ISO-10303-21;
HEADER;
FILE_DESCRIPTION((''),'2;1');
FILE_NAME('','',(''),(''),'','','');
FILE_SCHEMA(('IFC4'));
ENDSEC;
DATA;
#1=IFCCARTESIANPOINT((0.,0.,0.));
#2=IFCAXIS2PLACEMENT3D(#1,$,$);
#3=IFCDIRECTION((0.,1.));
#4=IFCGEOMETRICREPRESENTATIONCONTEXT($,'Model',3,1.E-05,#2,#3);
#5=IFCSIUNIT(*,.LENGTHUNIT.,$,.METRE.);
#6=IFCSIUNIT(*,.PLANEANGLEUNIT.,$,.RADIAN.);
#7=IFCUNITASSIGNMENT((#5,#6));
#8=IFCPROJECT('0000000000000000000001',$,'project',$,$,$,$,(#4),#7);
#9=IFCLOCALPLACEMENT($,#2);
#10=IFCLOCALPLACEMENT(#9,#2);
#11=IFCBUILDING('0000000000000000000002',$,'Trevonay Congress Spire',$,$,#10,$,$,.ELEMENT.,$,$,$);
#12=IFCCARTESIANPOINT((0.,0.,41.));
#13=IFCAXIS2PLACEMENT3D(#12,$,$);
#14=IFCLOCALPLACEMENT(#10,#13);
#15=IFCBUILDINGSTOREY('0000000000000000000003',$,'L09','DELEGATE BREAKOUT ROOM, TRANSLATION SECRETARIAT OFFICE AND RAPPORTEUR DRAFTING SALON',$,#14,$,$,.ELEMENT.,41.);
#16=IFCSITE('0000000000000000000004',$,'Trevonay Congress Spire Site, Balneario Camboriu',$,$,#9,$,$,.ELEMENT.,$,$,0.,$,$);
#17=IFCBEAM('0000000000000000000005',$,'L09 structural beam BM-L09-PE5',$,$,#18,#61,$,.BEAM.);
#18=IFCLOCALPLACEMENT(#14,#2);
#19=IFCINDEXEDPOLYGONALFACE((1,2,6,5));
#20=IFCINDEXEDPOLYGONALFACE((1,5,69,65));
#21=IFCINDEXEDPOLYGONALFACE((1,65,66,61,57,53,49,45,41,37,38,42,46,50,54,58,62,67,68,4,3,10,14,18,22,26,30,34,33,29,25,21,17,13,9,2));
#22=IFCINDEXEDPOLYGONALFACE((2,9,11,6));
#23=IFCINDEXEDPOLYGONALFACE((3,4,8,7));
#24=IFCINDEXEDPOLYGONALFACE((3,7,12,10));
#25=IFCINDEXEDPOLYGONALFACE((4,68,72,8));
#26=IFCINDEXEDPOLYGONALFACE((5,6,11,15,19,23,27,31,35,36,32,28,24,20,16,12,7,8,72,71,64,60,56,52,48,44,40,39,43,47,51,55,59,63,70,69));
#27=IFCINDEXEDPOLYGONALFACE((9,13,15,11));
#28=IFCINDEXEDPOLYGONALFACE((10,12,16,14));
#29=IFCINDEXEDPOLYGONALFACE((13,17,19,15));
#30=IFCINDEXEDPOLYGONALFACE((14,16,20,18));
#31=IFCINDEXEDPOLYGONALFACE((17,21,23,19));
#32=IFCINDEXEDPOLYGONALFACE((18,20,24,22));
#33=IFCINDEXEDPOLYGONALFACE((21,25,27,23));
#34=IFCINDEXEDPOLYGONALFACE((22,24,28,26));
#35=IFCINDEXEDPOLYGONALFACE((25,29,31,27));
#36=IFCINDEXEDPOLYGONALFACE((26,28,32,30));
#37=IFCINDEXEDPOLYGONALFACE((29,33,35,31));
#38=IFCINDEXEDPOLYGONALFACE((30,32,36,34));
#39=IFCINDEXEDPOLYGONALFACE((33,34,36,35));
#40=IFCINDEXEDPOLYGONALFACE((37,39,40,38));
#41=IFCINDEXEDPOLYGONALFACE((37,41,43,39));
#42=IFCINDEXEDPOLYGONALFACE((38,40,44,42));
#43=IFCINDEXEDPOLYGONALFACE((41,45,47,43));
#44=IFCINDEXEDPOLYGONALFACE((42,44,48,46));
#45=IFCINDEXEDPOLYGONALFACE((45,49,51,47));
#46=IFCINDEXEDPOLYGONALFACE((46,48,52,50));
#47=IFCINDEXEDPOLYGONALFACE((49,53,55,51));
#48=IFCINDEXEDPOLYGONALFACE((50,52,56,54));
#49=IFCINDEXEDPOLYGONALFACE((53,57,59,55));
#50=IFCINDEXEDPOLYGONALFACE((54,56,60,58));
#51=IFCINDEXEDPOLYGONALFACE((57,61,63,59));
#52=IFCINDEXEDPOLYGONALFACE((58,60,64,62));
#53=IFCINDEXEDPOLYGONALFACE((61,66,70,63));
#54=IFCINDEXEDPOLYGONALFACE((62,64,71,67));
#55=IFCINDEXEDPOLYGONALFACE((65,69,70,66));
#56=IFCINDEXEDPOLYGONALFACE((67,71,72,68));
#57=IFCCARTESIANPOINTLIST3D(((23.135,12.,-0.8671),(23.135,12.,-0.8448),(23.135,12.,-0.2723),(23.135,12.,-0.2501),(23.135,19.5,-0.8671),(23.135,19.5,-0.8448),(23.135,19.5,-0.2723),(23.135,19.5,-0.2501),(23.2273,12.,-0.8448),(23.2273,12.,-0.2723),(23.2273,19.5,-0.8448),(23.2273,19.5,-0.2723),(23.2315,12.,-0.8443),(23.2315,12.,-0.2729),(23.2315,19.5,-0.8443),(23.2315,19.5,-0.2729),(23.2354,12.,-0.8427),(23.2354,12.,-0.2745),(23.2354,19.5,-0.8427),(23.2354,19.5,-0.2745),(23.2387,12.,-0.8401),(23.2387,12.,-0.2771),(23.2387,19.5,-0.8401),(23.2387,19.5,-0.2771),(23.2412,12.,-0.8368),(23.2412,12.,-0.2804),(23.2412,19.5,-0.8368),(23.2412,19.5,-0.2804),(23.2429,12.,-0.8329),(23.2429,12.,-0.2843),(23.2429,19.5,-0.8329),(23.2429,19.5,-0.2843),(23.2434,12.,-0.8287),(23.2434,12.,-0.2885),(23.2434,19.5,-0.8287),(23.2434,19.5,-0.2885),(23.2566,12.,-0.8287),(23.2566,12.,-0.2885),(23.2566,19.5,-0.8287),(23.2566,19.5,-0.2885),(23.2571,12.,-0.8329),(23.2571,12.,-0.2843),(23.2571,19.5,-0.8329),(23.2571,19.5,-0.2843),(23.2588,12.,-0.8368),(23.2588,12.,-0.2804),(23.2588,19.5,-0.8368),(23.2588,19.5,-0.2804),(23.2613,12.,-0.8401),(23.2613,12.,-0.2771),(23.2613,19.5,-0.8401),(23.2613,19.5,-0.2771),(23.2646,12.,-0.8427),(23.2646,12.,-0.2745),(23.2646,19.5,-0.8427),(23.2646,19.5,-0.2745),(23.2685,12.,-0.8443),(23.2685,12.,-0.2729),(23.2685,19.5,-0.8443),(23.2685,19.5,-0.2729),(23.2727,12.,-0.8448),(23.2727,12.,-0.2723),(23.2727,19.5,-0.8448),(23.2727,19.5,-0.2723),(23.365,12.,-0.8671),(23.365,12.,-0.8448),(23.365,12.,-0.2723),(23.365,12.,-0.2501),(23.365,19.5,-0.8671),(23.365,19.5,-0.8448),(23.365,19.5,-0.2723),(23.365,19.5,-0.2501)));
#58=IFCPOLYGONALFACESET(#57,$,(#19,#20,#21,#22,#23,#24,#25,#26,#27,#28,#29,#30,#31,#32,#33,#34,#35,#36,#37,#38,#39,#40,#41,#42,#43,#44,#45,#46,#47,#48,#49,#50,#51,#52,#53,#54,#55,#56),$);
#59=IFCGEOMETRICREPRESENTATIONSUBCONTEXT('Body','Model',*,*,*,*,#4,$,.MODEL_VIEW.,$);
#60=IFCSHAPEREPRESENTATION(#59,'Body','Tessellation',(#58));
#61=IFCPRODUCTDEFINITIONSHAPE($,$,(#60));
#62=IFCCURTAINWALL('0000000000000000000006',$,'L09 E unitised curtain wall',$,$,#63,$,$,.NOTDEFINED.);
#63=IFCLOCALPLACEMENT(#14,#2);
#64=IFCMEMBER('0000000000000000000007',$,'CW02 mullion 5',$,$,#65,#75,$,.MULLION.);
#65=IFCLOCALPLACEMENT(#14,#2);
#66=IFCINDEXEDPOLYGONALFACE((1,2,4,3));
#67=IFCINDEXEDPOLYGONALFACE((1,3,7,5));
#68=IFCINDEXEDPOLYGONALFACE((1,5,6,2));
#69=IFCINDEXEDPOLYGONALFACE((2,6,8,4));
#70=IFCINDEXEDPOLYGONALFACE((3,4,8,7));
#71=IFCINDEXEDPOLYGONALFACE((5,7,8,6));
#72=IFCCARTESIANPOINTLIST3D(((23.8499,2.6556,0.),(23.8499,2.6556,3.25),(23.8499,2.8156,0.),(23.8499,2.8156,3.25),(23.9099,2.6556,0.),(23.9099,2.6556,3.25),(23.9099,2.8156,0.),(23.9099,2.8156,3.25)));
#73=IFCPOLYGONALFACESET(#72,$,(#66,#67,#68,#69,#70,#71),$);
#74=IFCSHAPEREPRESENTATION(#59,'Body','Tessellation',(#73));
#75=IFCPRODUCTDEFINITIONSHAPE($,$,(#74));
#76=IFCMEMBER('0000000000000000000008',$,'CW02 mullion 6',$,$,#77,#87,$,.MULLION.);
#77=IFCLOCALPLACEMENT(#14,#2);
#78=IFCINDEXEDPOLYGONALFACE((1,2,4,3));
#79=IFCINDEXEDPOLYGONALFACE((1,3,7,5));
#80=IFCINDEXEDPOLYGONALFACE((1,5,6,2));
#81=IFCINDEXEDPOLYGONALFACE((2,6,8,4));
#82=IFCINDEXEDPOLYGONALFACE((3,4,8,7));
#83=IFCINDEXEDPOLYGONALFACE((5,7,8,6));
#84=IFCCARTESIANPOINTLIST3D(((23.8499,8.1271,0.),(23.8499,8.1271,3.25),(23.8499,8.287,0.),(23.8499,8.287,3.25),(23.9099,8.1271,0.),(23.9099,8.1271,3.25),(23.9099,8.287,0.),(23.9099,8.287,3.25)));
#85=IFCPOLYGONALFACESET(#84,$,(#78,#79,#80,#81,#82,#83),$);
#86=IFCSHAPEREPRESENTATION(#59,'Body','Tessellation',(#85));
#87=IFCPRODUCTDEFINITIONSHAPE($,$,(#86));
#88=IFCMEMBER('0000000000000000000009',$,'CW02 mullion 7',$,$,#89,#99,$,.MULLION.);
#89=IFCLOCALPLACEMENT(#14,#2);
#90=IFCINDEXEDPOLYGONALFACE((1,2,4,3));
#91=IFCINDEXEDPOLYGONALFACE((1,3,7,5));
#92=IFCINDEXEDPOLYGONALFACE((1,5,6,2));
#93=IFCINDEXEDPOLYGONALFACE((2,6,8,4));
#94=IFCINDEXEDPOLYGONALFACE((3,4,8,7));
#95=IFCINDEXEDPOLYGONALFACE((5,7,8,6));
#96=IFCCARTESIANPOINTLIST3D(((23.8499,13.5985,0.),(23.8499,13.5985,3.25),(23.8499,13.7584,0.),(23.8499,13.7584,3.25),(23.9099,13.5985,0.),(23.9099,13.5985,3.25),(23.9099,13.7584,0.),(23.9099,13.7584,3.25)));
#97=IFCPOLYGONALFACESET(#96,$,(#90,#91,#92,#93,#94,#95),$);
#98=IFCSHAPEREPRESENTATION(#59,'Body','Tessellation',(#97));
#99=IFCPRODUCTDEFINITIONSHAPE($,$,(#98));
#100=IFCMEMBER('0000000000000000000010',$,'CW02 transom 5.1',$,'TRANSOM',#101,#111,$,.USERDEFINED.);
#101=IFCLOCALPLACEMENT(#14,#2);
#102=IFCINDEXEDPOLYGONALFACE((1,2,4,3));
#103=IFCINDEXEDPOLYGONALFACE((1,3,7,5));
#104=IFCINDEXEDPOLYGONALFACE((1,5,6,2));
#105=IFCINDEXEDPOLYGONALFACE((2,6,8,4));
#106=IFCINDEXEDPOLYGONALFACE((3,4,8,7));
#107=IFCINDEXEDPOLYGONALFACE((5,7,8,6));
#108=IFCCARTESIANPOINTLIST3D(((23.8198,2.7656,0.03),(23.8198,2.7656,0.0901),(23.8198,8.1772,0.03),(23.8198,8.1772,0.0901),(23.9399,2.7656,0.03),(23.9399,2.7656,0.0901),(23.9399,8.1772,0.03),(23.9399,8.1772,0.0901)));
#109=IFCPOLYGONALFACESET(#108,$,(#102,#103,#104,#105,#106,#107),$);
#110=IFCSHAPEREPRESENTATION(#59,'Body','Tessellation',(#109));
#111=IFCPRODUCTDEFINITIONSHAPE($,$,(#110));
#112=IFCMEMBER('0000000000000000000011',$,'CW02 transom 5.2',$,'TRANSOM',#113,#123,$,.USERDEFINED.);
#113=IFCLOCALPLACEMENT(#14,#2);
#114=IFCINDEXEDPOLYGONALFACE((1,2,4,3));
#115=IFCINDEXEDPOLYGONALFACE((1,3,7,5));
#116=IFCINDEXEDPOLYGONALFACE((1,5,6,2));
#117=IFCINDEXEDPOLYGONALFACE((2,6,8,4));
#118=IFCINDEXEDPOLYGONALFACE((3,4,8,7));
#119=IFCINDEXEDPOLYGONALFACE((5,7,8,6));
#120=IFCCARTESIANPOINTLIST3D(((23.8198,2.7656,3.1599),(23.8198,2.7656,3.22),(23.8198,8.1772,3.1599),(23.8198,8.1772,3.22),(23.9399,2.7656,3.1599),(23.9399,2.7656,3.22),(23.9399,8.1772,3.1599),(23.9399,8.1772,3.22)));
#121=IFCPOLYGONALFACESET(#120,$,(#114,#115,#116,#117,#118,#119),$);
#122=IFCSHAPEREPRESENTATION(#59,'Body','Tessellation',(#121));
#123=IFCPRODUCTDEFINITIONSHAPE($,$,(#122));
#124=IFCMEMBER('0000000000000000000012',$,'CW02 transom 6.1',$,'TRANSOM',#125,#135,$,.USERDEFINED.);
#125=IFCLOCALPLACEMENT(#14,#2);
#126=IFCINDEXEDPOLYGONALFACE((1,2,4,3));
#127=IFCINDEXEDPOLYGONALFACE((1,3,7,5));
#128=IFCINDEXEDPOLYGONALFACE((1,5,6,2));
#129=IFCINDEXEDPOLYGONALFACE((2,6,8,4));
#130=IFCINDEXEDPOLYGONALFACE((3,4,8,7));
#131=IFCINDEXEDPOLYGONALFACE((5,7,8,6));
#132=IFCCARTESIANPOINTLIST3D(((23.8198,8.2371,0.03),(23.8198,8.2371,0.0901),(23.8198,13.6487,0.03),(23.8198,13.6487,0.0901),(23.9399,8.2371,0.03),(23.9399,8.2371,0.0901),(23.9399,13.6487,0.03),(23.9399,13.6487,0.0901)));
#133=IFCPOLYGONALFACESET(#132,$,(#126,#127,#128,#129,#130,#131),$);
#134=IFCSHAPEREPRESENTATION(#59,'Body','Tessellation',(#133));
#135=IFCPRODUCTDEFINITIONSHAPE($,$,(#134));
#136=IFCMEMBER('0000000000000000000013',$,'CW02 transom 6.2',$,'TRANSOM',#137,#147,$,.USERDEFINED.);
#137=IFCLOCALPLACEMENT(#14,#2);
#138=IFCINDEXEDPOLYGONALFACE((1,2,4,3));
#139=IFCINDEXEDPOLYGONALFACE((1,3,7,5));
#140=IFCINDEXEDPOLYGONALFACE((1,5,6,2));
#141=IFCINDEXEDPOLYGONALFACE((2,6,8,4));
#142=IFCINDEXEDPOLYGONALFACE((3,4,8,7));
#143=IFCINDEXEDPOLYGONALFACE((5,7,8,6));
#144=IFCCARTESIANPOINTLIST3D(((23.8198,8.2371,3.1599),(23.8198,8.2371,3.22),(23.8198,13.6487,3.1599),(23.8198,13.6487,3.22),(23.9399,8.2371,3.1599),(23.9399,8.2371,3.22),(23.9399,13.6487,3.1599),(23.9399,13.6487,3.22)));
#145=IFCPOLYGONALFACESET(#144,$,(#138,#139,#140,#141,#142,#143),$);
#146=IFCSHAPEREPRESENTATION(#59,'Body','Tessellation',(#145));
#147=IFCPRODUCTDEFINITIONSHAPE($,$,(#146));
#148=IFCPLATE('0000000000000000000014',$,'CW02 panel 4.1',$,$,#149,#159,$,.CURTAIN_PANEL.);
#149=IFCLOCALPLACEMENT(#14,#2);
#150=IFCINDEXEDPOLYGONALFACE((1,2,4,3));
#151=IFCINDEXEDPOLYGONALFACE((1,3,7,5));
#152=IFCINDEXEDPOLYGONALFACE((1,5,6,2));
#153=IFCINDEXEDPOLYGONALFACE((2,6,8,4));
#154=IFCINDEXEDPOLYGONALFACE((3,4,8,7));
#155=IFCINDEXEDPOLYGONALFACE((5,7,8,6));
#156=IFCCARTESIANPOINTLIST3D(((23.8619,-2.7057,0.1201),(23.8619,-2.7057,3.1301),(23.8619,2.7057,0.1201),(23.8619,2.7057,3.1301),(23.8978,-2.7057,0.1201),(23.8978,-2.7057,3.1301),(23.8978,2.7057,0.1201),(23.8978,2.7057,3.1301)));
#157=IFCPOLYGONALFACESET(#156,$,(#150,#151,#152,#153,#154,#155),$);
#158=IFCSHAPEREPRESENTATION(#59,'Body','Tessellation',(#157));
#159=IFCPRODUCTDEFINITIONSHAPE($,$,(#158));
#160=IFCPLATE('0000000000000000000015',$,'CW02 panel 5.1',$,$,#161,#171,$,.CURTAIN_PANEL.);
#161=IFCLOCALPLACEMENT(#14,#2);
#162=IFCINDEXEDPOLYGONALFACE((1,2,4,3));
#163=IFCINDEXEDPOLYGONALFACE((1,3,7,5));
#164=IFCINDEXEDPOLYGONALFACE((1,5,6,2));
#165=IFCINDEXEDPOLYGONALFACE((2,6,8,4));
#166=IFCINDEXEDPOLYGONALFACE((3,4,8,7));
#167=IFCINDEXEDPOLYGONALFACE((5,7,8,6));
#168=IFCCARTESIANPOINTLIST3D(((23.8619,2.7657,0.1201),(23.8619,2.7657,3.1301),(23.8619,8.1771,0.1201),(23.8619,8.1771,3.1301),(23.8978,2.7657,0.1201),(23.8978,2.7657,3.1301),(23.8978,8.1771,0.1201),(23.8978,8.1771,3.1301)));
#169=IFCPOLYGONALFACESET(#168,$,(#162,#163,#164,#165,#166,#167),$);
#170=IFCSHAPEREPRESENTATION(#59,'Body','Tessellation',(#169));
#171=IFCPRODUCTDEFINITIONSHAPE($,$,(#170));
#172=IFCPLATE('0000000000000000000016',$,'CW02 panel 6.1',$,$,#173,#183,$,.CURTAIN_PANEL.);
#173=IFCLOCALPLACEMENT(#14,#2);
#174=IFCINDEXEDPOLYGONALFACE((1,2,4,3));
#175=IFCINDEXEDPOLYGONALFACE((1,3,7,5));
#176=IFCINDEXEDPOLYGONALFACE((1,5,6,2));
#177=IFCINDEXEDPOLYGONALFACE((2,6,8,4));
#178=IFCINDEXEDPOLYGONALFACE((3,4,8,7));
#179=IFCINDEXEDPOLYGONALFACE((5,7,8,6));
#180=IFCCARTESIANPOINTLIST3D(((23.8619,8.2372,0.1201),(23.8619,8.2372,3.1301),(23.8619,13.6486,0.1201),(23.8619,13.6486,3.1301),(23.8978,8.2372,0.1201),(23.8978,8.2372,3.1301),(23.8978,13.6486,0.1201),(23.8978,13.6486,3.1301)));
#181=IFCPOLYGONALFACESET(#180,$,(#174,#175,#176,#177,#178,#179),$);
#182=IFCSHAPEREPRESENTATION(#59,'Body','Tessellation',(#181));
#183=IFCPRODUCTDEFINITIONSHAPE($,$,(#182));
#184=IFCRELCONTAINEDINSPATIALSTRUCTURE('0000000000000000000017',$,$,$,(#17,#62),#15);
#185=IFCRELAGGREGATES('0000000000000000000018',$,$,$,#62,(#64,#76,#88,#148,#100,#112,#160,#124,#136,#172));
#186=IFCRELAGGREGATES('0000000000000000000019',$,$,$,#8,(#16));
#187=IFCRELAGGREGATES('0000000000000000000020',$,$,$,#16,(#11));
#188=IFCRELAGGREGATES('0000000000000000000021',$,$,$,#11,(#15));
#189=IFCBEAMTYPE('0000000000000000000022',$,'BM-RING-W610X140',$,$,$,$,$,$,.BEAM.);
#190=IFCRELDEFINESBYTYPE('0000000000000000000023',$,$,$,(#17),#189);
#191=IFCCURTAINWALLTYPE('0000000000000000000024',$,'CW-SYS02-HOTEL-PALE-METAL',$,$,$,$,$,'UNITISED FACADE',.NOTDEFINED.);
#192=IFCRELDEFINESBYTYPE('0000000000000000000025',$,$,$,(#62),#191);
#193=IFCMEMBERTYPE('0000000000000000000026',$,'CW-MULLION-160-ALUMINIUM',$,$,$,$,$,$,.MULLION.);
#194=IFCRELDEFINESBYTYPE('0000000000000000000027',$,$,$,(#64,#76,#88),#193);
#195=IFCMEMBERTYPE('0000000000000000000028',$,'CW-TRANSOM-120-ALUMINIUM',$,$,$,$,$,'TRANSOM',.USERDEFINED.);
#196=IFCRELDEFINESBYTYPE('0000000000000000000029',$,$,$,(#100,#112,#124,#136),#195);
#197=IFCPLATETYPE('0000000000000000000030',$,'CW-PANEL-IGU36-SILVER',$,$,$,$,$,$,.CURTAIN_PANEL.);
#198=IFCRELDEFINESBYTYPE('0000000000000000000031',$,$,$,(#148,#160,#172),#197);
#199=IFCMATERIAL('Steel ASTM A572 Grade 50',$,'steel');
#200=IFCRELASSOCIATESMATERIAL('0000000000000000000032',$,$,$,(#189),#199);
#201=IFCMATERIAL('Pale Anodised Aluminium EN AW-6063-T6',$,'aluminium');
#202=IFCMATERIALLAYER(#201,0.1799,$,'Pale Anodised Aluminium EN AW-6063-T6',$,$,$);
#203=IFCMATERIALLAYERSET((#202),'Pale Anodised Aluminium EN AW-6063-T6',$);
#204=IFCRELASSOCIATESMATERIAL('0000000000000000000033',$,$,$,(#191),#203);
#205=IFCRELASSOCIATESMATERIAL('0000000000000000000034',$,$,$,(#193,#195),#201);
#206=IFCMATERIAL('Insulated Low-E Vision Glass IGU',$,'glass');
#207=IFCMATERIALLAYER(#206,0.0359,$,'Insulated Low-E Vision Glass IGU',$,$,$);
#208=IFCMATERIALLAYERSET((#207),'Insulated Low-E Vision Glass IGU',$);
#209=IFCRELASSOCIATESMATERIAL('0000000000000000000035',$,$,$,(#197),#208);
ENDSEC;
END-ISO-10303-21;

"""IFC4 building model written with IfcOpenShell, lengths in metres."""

from ifc_helpers import new_model, si_unit, direction, frame, origin, origin_2d, place, context, subcontext, project, spatial, rectangle, i_section, extrude, material, layer, layer_set, material_profile, profile_set, type_object, element, aggregate, save


model = new_model("IFC4")

# Units and contexts
model_context = context("Model", 3, precision=1e-05, world=origin(), true_north=direction((0.0, 1.0)))
body_context = subcontext(model_context, "Body", "Model", "MODEL_VIEW")
ifc_project = project(units=[si_unit("LENGTHUNIT", "METRE"), si_unit("PLANEANGLEUNIT", "RADIAN")], contexts=[model_context])

# Site, building, storey
site_placement = place(None, origin())
site = spatial("IfcSite", under=ifc_project, at=site_placement, Name="Trevonay Congress Spire Site, Balneario Camboriu", CompositionType="ELEMENT", RefElevation=0.0)
building_placement = place(site_placement, origin())
building = spatial("IfcBuilding", under=site, at=building_placement, Name="Trevonay Congress Spire", CompositionType="ELEMENT")
storey_placement = place(building_placement, frame((0.0, 0.0, 41.0)))
storey = spatial("IfcBuildingStorey", under=building, at=storey_placement, Name="L09", Description="DELEGATE BREAKOUT ROOM, TRANSLATION SECRETARIAT OFFICE AND RAPPORTEUR DRAFTING SALON", CompositionType="ELEMENT", Elevation=41.0)

# Shared definitions
ifc_material_1 = material(Name="Steel ASTM A572 Grade 50", Category="steel")

# Beam
ifc_material_profile_1 = material_profile(ifc_material_1, i_section(OverallWidth=0.23, OverallDepth=0.6169, WebThickness=0.0132, FlangeThickness=0.0222, FilletRadius=0.0161, at=origin_2d()), Name="W610x140")
ifc_profile_set_1 = profile_set([ifc_material_profile_1], Name="Steel ASTM A572 Grade 50")
beam_type_1 = type_object("IfcBeamType", Name="BM-RING-W610X140", PredefinedType="BEAM", material=ifc_profile_set_1)
beam_1_placement = place(storey_placement, frame((23.25, 12.0, -0.5586), z_axis=(0.0, 1.0, 0.0), x_axis=(-1.0, 0.0, 0.0)))
element("IfcBeam", 1, at=beam_1_placement, inside=storey, type_object=beam_type_1, Name="L09 structural beam BM-L09-PE5", PredefinedType="BEAM", context=body_context, shape_type="SweptSolid", body=[
    extrude(i_section(OverallWidth=0.23, OverallDepth=0.6169, WebThickness=0.0132, FlangeThickness=0.0222, FilletRadius=0.0161, at=origin_2d()), origin(), (0.0, 0.0, 1.0), 7.5),
])

# Curtain wall, members, plates
ifc_material_2 = material(Name="Pale Anodised Aluminium EN AW-6063-T6", Category="aluminium")
ifc_layer_1 = layer(ifc_material_2, 0.1799, Name="Pale Anodised Aluminium EN AW-6063-T6")
ifc_layer_set_1 = layer_set([ifc_layer_1], Name="Pale Anodised Aluminium EN AW-6063-T6")
curtain_wall_type = type_object("IfcCurtainWallType", Name="CW-SYS02-HOTEL-PALE-METAL", ElementType="UNITISED FACADE", PredefinedType="NOTDEFINED", material=ifc_layer_set_1)
curtain_wall_placement = place(storey_placement, origin())
curtain_wall = element("IfcCurtainWall", 2, at=curtain_wall_placement, inside=storey, type_object=curtain_wall_type, Name="L09 E unitised curtain wall", PredefinedType="NOTDEFINED")
ifc_material_profile_2 = material_profile(ifc_material_2, rectangle(XDim=0.0601, YDim=0.1599, at=origin_2d()), Name="CW-MULLION-160-ALUMINIUM")
ifc_profile_set_2 = profile_set([ifc_material_profile_2], Name="Pale Anodised Aluminium EN AW-6063-T6")
member_type_1 = type_object("IfcMemberType", Name="CW-MULLION-160-ALUMINIUM", PredefinedType="MULLION", material=ifc_profile_set_2)
member_1_placement = place(storey_placement, frame((23.8799, 2.7356, 0.0), z_axis=(0.0, 0.0, 1.0), x_axis=(-1.0, 0.0, 0.0)))
member_1 = element("IfcMember", 3, at=member_1_placement, type_object=member_type_1, Name="CW02 mullion 5", PredefinedType="MULLION", context=body_context, shape_type="SweptSolid", body=[
    extrude(rectangle(XDim=0.0601, YDim=0.1599, at=origin_2d()), origin(), (0.0, 0.0, 1.0), 3.25),
])
member_2_placement = place(storey_placement, frame((23.8799, 8.207, 0.0), z_axis=(0.0, 0.0, 1.0), x_axis=(-1.0, 0.0, 0.0)))
member_2 = element("IfcMember", 4, at=member_2_placement, type_object=member_type_1, Name="CW02 mullion 6", PredefinedType="MULLION", context=body_context, shape_type="SweptSolid", body=[
    extrude(rectangle(XDim=0.0601, YDim=0.1599, at=origin_2d()), origin(), (0.0, 0.0, 1.0), 3.25),
])
member_3_placement = place(storey_placement, frame((23.8799, 13.6785, 0.0), z_axis=(0.0, 0.0, 1.0), x_axis=(-1.0, 0.0, 0.0)))
member_3 = element("IfcMember", 5, at=member_3_placement, type_object=member_type_1, Name="CW02 mullion 7", PredefinedType="MULLION", context=body_context, shape_type="SweptSolid", body=[
    extrude(rectangle(XDim=0.0601, YDim=0.1599, at=origin_2d()), origin(), (0.0, 0.0, 1.0), 3.25),
])
ifc_material_profile_3 = material_profile(ifc_material_2, rectangle(XDim=0.1201, YDim=0.0601, at=origin_2d()), Name="CW-TRANSOM-120-ALUMINIUM")
ifc_profile_set_3 = profile_set([ifc_material_profile_3], Name="Pale Anodised Aluminium EN AW-6063-T6")
member_type_2 = type_object("IfcMemberType", Name="CW-TRANSOM-120-ALUMINIUM", ElementType="TRANSOM", PredefinedType="USERDEFINED", material=ifc_profile_set_3)
member_4_placement = place(storey_placement, frame((23.8799, 2.7656, 0.0601), z_axis=(0.0, 1.0, 0.0), x_axis=(-1.0, 0.0, 0.0)))
member_4 = element("IfcMember", 6, at=member_4_placement, type_object=member_type_2, Name="CW02 transom 5.1", ObjectType="TRANSOM", PredefinedType="USERDEFINED", context=body_context, shape_type="SweptSolid", body=[
    extrude(rectangle(XDim=0.1201, YDim=0.0601, at=origin_2d()), origin(), (0.0, 0.0, 1.0), 5.4116),
])
member_5_placement = place(storey_placement, frame((23.8799, 2.7656, 3.1899), z_axis=(0.0, 1.0, 0.0), x_axis=(-1.0, 0.0, 0.0)))
member_5 = element("IfcMember", 7, at=member_5_placement, type_object=member_type_2, Name="CW02 transom 5.2", ObjectType="TRANSOM", PredefinedType="USERDEFINED", context=body_context, shape_type="SweptSolid", body=[
    extrude(rectangle(XDim=0.1201, YDim=0.0601, at=origin_2d()), origin(), (0.0, 0.0, 1.0), 5.4116),
])
member_6_placement = place(storey_placement, frame((23.8799, 8.2371, 0.0601), z_axis=(0.0, 1.0, 0.0), x_axis=(-1.0, 0.0, 0.0)))
member_6 = element("IfcMember", 8, at=member_6_placement, type_object=member_type_2, Name="CW02 transom 6.1", ObjectType="TRANSOM", PredefinedType="USERDEFINED", context=body_context, shape_type="SweptSolid", body=[
    extrude(rectangle(XDim=0.1201, YDim=0.0601, at=origin_2d()), origin(), (0.0, 0.0, 1.0), 5.4116),
])
member_7_placement = place(storey_placement, frame((23.8799, 8.2371, 3.1899), z_axis=(0.0, 1.0, 0.0), x_axis=(-1.0, 0.0, 0.0)))
member_7 = element("IfcMember", 9, at=member_7_placement, type_object=member_type_2, Name="CW02 transom 6.2", ObjectType="TRANSOM", PredefinedType="USERDEFINED", context=body_context, shape_type="SweptSolid", body=[
    extrude(rectangle(XDim=0.1201, YDim=0.0601, at=origin_2d()), origin(), (0.0, 0.0, 1.0), 5.4116),
])
ifc_material_3 = material(Name="Insulated Low-E Vision Glass IGU", Category="glass")
ifc_layer_2 = layer(ifc_material_3, 0.0359, Name="Insulated Low-E Vision Glass IGU")
ifc_layer_set_2 = layer_set([ifc_layer_2], Name="Insulated Low-E Vision Glass IGU")
plate_type = type_object("IfcPlateType", Name="CW-PANEL-IGU36-SILVER", PredefinedType="CURTAIN_PANEL", material=ifc_layer_set_2)
plate_1_placement = place(storey_placement, frame((23.8799, 0.0, 0.1201), z_axis=(0.0, 0.0, 1.0), x_axis=(0.0, 1.0, 0.0)))
plate_1 = element("IfcPlate", 10, at=plate_1_placement, type_object=plate_type, Name="CW02 panel 4.1", PredefinedType="CURTAIN_PANEL", context=body_context, shape_type="SweptSolid", body=[
    extrude(rectangle(XDim=5.4114, YDim=0.0359, at=origin_2d()), origin(), (0.0, 0.0, 1.0), 3.01),
])
plate_2_placement = place(storey_placement, frame((23.8799, 5.4714, 0.1201), z_axis=(0.0, 0.0, 1.0), x_axis=(0.0, 1.0, 0.0)))
plate_2 = element("IfcPlate", 11, at=plate_2_placement, type_object=plate_type, Name="CW02 panel 5.1", PredefinedType="CURTAIN_PANEL", context=body_context, shape_type="SweptSolid", body=[
    extrude(rectangle(XDim=5.4114, YDim=0.0359, at=origin_2d()), origin(), (0.0, 0.0, 1.0), 3.01),
])
plate_3_placement = place(storey_placement, frame((23.8799, 10.9429, 0.1201), z_axis=(0.0, 0.0, 1.0), x_axis=(0.0, 1.0, 0.0)))
plate_3 = element("IfcPlate", 12, at=plate_3_placement, type_object=plate_type, Name="CW02 panel 6.1", PredefinedType="CURTAIN_PANEL", context=body_context, shape_type="SweptSolid", body=[
    extrude(rectangle(XDim=5.4114, YDim=0.0359, at=origin_2d()), origin(), (0.0, 0.0, 1.0), 3.01),
])
aggregate(curtain_wall, [member_1, member_2, member_3, plate_1, member_4, member_5, plate_2, member_6, member_7, plate_3])

save(model, "model.ifc")
